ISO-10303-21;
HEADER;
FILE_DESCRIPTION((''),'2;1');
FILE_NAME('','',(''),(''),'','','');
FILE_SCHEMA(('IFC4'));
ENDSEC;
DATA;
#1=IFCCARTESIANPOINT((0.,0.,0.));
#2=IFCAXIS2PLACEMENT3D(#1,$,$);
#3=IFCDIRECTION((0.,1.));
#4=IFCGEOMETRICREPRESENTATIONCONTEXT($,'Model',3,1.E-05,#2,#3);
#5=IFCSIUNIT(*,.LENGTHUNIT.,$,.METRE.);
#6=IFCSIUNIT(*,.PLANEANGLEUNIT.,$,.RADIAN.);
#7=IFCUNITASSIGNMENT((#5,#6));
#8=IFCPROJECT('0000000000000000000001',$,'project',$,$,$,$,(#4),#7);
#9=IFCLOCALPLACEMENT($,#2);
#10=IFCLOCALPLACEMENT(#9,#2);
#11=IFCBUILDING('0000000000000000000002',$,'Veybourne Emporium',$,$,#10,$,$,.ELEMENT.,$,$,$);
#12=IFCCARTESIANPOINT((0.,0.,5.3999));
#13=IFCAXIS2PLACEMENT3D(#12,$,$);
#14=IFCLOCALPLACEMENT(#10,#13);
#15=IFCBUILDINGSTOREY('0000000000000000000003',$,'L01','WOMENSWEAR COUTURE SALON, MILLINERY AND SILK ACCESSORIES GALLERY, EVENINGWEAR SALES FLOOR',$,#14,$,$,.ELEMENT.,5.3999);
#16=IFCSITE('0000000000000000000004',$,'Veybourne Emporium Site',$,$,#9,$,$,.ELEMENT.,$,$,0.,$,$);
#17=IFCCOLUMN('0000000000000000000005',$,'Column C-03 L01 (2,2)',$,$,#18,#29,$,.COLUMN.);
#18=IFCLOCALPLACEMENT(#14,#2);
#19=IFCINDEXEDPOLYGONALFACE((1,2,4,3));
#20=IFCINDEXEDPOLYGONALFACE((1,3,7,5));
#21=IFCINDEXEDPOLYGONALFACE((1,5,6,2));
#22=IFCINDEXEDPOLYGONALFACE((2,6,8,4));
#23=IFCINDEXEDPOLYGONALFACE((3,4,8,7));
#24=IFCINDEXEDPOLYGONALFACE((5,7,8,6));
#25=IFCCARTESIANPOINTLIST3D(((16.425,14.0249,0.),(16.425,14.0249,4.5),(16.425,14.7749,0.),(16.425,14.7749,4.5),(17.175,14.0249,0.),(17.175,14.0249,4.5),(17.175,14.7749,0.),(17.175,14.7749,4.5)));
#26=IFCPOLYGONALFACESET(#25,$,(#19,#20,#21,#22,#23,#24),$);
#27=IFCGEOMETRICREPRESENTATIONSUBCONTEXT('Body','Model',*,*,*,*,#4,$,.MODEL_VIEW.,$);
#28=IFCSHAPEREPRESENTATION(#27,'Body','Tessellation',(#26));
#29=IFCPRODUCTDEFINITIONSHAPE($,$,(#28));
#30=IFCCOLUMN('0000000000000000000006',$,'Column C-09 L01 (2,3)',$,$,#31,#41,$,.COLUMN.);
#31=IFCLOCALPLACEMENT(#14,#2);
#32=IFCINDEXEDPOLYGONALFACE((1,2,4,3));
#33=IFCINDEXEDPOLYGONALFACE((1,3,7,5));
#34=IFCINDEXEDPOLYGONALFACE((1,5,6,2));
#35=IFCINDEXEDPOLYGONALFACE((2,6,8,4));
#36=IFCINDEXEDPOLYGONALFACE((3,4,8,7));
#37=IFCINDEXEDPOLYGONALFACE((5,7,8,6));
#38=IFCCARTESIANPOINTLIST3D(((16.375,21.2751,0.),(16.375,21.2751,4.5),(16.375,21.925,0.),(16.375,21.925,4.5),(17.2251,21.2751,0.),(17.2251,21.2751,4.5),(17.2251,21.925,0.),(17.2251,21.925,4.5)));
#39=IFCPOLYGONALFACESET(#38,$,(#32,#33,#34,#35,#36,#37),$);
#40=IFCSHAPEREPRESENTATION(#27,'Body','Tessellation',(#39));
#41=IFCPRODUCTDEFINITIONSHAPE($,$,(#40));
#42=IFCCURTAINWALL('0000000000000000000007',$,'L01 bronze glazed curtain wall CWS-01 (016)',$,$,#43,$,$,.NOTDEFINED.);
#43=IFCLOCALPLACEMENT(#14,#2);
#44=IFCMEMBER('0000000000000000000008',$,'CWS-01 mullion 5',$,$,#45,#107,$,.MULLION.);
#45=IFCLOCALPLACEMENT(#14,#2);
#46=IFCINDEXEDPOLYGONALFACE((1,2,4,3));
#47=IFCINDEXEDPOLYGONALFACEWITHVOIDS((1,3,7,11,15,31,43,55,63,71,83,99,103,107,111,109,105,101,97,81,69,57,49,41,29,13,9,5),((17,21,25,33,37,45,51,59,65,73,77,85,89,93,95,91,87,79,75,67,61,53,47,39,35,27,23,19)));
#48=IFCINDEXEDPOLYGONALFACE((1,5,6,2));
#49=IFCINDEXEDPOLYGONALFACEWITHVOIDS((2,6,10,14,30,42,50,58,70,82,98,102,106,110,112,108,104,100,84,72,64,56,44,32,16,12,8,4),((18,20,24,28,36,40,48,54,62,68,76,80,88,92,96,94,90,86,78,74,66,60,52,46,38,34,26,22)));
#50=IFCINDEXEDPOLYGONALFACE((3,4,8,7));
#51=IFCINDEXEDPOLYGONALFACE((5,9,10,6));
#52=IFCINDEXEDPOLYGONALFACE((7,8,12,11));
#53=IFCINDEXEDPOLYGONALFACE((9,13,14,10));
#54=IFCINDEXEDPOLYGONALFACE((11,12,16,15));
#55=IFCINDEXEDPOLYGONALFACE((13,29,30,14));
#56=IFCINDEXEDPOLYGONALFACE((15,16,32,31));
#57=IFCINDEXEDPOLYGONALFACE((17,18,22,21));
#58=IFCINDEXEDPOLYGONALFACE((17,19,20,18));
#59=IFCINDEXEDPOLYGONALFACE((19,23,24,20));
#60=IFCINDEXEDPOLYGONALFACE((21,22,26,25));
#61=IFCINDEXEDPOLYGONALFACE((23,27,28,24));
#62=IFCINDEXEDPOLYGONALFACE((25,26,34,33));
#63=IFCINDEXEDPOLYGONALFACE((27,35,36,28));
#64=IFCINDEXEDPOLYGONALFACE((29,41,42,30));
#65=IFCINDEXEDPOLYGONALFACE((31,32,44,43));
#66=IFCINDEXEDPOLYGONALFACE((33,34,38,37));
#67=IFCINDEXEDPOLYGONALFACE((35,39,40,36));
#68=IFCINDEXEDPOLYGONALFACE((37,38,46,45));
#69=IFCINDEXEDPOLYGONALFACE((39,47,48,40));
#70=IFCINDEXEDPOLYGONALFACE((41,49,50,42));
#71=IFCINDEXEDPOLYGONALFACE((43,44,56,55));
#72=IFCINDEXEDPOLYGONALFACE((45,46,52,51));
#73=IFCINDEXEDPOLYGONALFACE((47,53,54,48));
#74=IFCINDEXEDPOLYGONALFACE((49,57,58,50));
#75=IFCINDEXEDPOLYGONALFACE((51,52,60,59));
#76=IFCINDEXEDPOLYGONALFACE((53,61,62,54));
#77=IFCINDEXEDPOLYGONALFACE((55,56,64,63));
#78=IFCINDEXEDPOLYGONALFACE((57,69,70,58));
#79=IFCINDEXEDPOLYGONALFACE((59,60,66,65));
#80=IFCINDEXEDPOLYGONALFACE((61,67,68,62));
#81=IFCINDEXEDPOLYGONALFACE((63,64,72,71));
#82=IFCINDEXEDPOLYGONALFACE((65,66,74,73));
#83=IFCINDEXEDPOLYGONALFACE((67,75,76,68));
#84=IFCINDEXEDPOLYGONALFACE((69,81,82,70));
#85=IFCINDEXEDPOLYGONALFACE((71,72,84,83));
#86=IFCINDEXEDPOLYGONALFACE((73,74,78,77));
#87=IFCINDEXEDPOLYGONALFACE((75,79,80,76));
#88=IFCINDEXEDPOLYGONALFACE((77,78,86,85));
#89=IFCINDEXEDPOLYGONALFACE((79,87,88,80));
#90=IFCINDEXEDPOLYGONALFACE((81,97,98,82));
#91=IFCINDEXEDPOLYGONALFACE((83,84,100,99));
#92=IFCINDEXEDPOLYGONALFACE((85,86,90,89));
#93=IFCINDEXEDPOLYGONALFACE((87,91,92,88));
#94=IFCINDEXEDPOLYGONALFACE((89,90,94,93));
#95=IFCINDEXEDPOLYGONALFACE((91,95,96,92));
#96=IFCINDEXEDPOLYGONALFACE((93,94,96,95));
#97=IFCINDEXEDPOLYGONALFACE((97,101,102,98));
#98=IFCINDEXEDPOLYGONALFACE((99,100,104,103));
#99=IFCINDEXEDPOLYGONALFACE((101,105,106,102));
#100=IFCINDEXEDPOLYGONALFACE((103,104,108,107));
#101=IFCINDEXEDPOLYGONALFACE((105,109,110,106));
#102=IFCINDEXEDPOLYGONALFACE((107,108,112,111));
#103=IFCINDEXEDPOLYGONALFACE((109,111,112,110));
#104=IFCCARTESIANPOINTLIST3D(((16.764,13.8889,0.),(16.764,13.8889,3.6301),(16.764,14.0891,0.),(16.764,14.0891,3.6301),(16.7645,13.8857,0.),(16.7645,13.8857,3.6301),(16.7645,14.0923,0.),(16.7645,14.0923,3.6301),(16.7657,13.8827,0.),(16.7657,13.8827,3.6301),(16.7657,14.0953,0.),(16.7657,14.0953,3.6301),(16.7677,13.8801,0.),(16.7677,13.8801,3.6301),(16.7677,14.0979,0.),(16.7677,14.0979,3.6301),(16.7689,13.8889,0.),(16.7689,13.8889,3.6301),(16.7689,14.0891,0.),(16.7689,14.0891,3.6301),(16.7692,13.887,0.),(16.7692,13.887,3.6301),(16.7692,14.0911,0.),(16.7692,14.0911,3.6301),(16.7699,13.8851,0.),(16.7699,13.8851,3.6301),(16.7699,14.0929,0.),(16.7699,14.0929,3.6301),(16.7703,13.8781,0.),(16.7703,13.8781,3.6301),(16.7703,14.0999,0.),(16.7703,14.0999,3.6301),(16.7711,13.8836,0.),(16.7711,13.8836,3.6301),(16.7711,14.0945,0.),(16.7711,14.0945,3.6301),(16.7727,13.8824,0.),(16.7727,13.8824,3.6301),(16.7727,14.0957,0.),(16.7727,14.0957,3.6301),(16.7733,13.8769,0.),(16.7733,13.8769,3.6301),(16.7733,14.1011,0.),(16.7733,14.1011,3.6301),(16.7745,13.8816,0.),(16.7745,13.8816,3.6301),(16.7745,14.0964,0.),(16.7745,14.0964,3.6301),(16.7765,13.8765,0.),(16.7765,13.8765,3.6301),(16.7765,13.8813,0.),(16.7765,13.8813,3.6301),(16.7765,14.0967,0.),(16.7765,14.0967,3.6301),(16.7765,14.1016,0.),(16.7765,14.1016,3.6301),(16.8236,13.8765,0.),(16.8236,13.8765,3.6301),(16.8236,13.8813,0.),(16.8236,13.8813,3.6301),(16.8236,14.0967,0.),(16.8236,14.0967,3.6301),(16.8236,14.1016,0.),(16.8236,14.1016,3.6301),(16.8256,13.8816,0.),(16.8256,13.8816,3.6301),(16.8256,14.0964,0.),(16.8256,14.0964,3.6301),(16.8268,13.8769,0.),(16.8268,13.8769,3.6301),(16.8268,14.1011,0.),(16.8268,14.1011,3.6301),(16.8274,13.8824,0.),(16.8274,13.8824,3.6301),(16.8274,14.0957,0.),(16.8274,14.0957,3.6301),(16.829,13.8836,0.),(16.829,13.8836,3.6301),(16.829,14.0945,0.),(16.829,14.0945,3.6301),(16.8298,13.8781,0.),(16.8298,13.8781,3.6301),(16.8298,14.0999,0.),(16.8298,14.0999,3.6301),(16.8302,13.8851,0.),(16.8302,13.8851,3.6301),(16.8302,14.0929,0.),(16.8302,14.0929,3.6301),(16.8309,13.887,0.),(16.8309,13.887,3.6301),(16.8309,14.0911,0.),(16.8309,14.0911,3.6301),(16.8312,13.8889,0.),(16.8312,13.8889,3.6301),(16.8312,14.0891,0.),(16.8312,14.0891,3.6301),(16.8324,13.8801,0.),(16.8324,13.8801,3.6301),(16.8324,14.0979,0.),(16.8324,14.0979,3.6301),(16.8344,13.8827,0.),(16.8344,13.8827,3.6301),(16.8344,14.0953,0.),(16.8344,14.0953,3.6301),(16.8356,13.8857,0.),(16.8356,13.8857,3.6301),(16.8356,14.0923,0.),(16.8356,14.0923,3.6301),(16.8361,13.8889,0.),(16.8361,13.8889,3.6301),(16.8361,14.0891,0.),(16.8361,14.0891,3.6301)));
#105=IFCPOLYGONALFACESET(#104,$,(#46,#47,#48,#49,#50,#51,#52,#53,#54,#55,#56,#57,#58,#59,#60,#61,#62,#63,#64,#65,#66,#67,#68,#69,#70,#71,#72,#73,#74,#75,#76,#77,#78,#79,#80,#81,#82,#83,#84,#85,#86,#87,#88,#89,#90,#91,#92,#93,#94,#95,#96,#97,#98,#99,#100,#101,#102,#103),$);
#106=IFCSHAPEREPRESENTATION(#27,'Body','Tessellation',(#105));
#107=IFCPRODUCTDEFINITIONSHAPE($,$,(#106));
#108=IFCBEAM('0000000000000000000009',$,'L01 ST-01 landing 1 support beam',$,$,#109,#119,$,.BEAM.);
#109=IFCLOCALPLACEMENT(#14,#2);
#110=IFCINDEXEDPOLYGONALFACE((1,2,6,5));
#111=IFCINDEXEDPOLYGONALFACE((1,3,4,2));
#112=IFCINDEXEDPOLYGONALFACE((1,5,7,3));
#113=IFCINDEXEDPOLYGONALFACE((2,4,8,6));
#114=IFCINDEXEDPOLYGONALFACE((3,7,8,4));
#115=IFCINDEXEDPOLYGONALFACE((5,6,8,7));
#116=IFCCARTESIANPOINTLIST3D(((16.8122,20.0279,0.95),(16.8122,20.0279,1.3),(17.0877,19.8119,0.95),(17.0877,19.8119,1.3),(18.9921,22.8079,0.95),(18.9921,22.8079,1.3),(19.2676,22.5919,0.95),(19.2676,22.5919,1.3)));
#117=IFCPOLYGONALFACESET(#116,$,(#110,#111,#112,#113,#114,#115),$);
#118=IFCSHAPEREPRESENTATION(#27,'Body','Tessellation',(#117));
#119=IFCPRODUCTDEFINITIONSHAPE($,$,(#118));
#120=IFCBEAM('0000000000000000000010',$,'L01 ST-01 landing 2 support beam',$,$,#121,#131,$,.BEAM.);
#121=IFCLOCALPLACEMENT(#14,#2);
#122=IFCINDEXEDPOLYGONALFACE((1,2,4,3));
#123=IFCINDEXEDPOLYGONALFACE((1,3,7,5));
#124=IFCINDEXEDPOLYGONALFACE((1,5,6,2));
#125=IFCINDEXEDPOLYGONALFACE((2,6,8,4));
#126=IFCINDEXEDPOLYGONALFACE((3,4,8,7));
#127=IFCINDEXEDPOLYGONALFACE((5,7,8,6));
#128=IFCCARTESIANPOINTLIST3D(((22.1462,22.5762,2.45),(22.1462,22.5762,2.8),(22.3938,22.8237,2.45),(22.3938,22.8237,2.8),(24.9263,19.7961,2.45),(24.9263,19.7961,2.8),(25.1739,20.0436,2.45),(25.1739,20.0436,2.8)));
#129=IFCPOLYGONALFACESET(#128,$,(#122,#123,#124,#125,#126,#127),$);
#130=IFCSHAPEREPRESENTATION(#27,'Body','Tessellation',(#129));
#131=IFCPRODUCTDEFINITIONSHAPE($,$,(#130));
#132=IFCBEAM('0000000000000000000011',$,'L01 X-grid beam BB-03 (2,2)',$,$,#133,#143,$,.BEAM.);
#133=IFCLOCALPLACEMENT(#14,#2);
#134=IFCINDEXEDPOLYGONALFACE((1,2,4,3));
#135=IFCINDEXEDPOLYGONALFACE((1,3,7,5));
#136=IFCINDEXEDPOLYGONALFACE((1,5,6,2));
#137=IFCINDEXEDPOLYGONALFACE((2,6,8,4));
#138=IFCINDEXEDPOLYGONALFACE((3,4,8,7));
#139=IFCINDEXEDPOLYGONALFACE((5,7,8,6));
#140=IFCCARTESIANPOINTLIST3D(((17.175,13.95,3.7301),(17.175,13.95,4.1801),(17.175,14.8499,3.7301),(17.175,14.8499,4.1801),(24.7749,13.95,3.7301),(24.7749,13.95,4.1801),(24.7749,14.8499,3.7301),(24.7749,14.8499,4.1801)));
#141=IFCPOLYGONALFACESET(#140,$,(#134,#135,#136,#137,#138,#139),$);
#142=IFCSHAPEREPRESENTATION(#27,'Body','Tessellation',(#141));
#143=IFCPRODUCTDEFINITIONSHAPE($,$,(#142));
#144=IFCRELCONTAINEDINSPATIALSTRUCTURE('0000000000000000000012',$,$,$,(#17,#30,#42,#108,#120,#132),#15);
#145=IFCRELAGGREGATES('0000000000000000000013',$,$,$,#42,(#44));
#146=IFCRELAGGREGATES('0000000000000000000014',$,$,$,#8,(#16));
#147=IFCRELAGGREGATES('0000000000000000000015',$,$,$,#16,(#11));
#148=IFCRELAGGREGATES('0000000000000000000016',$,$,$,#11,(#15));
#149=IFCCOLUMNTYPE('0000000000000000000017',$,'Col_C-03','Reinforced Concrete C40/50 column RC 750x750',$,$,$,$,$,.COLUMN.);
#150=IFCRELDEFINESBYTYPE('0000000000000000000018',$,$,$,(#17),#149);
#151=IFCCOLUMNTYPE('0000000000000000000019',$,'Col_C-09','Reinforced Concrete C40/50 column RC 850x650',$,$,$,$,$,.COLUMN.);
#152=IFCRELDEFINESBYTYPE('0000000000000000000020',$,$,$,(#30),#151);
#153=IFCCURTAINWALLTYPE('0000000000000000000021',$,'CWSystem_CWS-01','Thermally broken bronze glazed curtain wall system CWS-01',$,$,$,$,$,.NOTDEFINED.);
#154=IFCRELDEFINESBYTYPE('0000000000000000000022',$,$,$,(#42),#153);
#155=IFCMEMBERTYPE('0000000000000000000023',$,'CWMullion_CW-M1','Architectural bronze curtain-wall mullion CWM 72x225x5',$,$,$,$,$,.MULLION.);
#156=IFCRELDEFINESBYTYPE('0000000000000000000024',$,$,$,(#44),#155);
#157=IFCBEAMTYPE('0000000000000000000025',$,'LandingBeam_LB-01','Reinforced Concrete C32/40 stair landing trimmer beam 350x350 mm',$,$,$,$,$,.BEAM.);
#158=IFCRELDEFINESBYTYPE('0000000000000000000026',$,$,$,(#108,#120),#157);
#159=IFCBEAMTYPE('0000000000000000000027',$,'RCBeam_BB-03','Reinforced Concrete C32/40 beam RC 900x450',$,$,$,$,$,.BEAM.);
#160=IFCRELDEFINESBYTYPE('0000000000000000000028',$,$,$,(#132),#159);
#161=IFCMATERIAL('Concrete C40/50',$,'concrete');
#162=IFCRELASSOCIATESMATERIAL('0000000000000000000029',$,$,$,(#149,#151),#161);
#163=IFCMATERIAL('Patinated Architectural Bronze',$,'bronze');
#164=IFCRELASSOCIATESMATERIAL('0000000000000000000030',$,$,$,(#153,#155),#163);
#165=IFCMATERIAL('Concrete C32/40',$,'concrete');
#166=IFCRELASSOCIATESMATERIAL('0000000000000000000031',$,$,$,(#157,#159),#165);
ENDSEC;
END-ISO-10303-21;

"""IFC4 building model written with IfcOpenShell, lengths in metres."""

from ifc_helpers import new_model, si_unit, direction, frame, origin, origin_2d, place, context, subcontext, project, spatial, rectangle, hollow_rectangle, extrude, material, material_profile, profile_set, type_object, element, aggregate, save


model = new_model("IFC4")

# Units and contexts
model_context = context("Model", 3, precision=1e-05, world=origin(), true_north=direction((0.0, 1.0)))
body_context = subcontext(model_context, "Body", "Model", "MODEL_VIEW")
ifc_project = project(units=[si_unit("LENGTHUNIT", "METRE"), si_unit("PLANEANGLEUNIT", "RADIAN")], contexts=[model_context])

# Site, building, storey
site_placement = place(None, origin())
site = spatial("IfcSite", under=ifc_project, at=site_placement, Name="Veybourne Emporium Site", CompositionType="ELEMENT", RefElevation=0.0)
building_placement = place(site_placement, origin())
building = spatial("IfcBuilding", under=site, at=building_placement, Name="Veybourne Emporium", CompositionType="ELEMENT")
storey_placement = place(building_placement, frame((0.0, 0.0, 5.3999)))
storey = spatial("IfcBuildingStorey", under=building, at=storey_placement, Name="L01", Description="WOMENSWEAR COUTURE SALON, MILLINERY AND SILK ACCESSORIES GALLERY, EVENINGWEAR SALES FLOOR", CompositionType="ELEMENT", Elevation=5.3999)

# Columns
ifc_material_1 = material(Name="Concrete C40/50", Category="concrete")
ifc_material_profile_1 = material_profile(ifc_material_1, rectangle(XDim=0.75, YDim=0.75, at=origin_2d()), Name="RC 750x750")
ifc_profile_set_1 = profile_set([ifc_material_profile_1], Name="Concrete C40/50")
column_type_1 = type_object("IfcColumnType", Name="Col_C-03", Description="Reinforced Concrete C40/50 column RC 750x750", PredefinedType="COLUMN", material=ifc_profile_set_1)
column_1_placement = place(storey_placement, frame((16.8, 14.3999, 0.0), z_axis=(0.0, 0.0, 1.0), x_axis=(1.0, 0.0, 0.0)))
element("IfcColumn", 1, at=column_1_placement, inside=storey, type_object=column_type_1, Name="Column C-03 L01 (2,2)", PredefinedType="COLUMN", context=body_context, shape_type="SweptSolid", body=[
    extrude(rectangle(XDim=0.75, YDim=0.75, at=origin_2d()), origin(), (0.0, 0.0, 1.0), 4.5),
])
ifc_material_profile_2 = material_profile(ifc_material_1, rectangle(XDim=0.8501, YDim=0.6499, at=origin_2d()), Name="RC 850x650")
ifc_profile_set_2 = profile_set([ifc_material_profile_2], Name="Concrete C40/50")
column_type_2 = type_object("IfcColumnType", Name="Col_C-09", Description="Reinforced Concrete C40/50 column RC 850x650", PredefinedType="COLUMN", material=ifc_profile_set_2)
column_2_placement = place(storey_placement, frame((16.8, 21.6001, 0.0), z_axis=(0.0, 0.0, 1.0), x_axis=(1.0, 0.0, 0.0)))
element("IfcColumn", 2, at=column_2_placement, inside=storey, type_object=column_type_2, Name="Column C-09 L01 (2,3)", PredefinedType="COLUMN", context=body_context, shape_type="SweptSolid", body=[
    extrude(rectangle(XDim=0.8501, YDim=0.6499, at=origin_2d()), origin(), (0.0, 0.0, 1.0), 4.5),
])

# Curtain wall, member
ifc_material_2 = material(Name="Patinated Architectural Bronze", Category="bronze")
curtain_wall_type = type_object("IfcCurtainWallType", Name="CWSystem_CWS-01", Description="Thermally broken bronze glazed curtain wall system CWS-01", PredefinedType="NOTDEFINED", material=ifc_material_2)
curtain_wall_placement = place(storey_placement, origin())
curtain_wall = element("IfcCurtainWall", 3, at=curtain_wall_placement, inside=storey, type_object=curtain_wall_type, Name="L01 bronze glazed curtain wall CWS-01 (016)", PredefinedType="NOTDEFINED")
ifc_material_profile_3 = material_profile(ifc_material_2, hollow_rectangle(XDim=0.072, YDim=0.2251, WallThickness=0.0049, InnerFilletRadius=0.0076, OuterFilletRadius=0.0125, at=origin_2d()), Name="CWM 72x225x5")
ifc_profile_set_3 = profile_set([ifc_material_profile_3], Name="Patinated Architectural Bronze")
member_type_1 = type_object("IfcMemberType", Name="CWMullion_CW-M1", Description="Architectural bronze curtain-wall mullion CWM 72x225x5", PredefinedType="MULLION", material=ifc_profile_set_3)
member_1_placement = place(storey_placement, frame((16.8, 13.989, 0.0), z_axis=(0.0, 0.0, 1.0), x_axis=(-1.0, 0.0, 0.0)))
member_1 = element("IfcMember", 4, at=member_1_placement, type_object=member_type_1, Name="CWS-01 mullion 5", PredefinedType="MULLION", context=body_context, shape_type="SweptSolid", body=[
    extrude(hollow_rectangle(XDim=0.072, YDim=0.2251, WallThickness=0.0049, InnerFilletRadius=0.0076, OuterFilletRadius=0.0125, at=origin_2d()), origin(), (0.0, 0.0, 1.0), 3.6301),
])

# Beams
ifc_material_3 = material(Name="Concrete C32/40", Category="concrete")
ifc_material_profile_4 = material_profile(ifc_material_3, rectangle(XDim=0.3501, YDim=0.3501, at=origin_2d()), Name="RC 350x350")
ifc_profile_set_4 = profile_set([ifc_material_profile_4], Name="Concrete C32/40")
beam_type_1 = type_object("IfcBeamType", Name="LandingBeam_LB-01", Description="Reinforced Concrete C32/40 stair landing trimmer beam 350x350 mm", PredefinedType="BEAM", material=ifc_profile_set_4)
beam_1_placement = place(storey_placement, frame((16.95, 19.9199, 1.125), z_axis=(0.617055, 0.78692, 0.0), x_axis=(-0.78692, 0.617055, 0.0)))
element("IfcBeam", 5, at=beam_1_placement, inside=storey, type_object=beam_type_1, Name="L01 ST-01 landing 1 support beam", PredefinedType="BEAM", context=body_context, shape_type="SweptSolid", body=[
    extrude(rectangle(XDim=0.3501, YDim=0.3501, at=origin_2d()), origin(), (0.0, 0.0, 1.0), 3.5327),
])
beam_2_placement = place(storey_placement, frame((22.27, 22.7, 2.625), z_axis=(0.707107, -0.707107, 0.0), x_axis=(0.707107, 0.707107, 0.0)))
element("IfcBeam", 6, at=beam_2_placement, inside=storey, type_object=beam_type_1, Name="L01 ST-01 landing 2 support beam", PredefinedType="BEAM", context=body_context, shape_type="SweptSolid", body=[
    extrude(rectangle(XDim=0.3501, YDim=0.3501, at=origin_2d()), origin(), (0.0, 0.0, 1.0), 3.9316),
])
ifc_material_profile_5 = material_profile(ifc_material_3, rectangle(XDim=0.8999, YDim=0.45, at=origin_2d()), Name="RC 900x450")
ifc_profile_set_5 = profile_set([ifc_material_profile_5], Name="Concrete C32/40")
beam_type_2 = type_object("IfcBeamType", Name="RCBeam_BB-03", Description="Reinforced Concrete C32/40 beam RC 900x450", PredefinedType="BEAM", material=ifc_profile_set_5)
beam_3_placement = place(storey_placement, frame((17.175, 14.3999, 3.9551), z_axis=(1.0, 0.0, 0.0), x_axis=(0.0, 1.0, 0.0)))
element("IfcBeam", 7, at=beam_3_placement, inside=storey, type_object=beam_type_2, Name="L01 X-grid beam BB-03 (2,2)", PredefinedType="BEAM", context=body_context, shape_type="SweptSolid", body=[
    extrude(rectangle(XDim=0.8999, YDim=0.45, at=origin_2d()), origin(), (0.0, 0.0, 1.0), 7.5999),
])

aggregate(curtain_wall, [member_1])

save(model, "model.ifc")
